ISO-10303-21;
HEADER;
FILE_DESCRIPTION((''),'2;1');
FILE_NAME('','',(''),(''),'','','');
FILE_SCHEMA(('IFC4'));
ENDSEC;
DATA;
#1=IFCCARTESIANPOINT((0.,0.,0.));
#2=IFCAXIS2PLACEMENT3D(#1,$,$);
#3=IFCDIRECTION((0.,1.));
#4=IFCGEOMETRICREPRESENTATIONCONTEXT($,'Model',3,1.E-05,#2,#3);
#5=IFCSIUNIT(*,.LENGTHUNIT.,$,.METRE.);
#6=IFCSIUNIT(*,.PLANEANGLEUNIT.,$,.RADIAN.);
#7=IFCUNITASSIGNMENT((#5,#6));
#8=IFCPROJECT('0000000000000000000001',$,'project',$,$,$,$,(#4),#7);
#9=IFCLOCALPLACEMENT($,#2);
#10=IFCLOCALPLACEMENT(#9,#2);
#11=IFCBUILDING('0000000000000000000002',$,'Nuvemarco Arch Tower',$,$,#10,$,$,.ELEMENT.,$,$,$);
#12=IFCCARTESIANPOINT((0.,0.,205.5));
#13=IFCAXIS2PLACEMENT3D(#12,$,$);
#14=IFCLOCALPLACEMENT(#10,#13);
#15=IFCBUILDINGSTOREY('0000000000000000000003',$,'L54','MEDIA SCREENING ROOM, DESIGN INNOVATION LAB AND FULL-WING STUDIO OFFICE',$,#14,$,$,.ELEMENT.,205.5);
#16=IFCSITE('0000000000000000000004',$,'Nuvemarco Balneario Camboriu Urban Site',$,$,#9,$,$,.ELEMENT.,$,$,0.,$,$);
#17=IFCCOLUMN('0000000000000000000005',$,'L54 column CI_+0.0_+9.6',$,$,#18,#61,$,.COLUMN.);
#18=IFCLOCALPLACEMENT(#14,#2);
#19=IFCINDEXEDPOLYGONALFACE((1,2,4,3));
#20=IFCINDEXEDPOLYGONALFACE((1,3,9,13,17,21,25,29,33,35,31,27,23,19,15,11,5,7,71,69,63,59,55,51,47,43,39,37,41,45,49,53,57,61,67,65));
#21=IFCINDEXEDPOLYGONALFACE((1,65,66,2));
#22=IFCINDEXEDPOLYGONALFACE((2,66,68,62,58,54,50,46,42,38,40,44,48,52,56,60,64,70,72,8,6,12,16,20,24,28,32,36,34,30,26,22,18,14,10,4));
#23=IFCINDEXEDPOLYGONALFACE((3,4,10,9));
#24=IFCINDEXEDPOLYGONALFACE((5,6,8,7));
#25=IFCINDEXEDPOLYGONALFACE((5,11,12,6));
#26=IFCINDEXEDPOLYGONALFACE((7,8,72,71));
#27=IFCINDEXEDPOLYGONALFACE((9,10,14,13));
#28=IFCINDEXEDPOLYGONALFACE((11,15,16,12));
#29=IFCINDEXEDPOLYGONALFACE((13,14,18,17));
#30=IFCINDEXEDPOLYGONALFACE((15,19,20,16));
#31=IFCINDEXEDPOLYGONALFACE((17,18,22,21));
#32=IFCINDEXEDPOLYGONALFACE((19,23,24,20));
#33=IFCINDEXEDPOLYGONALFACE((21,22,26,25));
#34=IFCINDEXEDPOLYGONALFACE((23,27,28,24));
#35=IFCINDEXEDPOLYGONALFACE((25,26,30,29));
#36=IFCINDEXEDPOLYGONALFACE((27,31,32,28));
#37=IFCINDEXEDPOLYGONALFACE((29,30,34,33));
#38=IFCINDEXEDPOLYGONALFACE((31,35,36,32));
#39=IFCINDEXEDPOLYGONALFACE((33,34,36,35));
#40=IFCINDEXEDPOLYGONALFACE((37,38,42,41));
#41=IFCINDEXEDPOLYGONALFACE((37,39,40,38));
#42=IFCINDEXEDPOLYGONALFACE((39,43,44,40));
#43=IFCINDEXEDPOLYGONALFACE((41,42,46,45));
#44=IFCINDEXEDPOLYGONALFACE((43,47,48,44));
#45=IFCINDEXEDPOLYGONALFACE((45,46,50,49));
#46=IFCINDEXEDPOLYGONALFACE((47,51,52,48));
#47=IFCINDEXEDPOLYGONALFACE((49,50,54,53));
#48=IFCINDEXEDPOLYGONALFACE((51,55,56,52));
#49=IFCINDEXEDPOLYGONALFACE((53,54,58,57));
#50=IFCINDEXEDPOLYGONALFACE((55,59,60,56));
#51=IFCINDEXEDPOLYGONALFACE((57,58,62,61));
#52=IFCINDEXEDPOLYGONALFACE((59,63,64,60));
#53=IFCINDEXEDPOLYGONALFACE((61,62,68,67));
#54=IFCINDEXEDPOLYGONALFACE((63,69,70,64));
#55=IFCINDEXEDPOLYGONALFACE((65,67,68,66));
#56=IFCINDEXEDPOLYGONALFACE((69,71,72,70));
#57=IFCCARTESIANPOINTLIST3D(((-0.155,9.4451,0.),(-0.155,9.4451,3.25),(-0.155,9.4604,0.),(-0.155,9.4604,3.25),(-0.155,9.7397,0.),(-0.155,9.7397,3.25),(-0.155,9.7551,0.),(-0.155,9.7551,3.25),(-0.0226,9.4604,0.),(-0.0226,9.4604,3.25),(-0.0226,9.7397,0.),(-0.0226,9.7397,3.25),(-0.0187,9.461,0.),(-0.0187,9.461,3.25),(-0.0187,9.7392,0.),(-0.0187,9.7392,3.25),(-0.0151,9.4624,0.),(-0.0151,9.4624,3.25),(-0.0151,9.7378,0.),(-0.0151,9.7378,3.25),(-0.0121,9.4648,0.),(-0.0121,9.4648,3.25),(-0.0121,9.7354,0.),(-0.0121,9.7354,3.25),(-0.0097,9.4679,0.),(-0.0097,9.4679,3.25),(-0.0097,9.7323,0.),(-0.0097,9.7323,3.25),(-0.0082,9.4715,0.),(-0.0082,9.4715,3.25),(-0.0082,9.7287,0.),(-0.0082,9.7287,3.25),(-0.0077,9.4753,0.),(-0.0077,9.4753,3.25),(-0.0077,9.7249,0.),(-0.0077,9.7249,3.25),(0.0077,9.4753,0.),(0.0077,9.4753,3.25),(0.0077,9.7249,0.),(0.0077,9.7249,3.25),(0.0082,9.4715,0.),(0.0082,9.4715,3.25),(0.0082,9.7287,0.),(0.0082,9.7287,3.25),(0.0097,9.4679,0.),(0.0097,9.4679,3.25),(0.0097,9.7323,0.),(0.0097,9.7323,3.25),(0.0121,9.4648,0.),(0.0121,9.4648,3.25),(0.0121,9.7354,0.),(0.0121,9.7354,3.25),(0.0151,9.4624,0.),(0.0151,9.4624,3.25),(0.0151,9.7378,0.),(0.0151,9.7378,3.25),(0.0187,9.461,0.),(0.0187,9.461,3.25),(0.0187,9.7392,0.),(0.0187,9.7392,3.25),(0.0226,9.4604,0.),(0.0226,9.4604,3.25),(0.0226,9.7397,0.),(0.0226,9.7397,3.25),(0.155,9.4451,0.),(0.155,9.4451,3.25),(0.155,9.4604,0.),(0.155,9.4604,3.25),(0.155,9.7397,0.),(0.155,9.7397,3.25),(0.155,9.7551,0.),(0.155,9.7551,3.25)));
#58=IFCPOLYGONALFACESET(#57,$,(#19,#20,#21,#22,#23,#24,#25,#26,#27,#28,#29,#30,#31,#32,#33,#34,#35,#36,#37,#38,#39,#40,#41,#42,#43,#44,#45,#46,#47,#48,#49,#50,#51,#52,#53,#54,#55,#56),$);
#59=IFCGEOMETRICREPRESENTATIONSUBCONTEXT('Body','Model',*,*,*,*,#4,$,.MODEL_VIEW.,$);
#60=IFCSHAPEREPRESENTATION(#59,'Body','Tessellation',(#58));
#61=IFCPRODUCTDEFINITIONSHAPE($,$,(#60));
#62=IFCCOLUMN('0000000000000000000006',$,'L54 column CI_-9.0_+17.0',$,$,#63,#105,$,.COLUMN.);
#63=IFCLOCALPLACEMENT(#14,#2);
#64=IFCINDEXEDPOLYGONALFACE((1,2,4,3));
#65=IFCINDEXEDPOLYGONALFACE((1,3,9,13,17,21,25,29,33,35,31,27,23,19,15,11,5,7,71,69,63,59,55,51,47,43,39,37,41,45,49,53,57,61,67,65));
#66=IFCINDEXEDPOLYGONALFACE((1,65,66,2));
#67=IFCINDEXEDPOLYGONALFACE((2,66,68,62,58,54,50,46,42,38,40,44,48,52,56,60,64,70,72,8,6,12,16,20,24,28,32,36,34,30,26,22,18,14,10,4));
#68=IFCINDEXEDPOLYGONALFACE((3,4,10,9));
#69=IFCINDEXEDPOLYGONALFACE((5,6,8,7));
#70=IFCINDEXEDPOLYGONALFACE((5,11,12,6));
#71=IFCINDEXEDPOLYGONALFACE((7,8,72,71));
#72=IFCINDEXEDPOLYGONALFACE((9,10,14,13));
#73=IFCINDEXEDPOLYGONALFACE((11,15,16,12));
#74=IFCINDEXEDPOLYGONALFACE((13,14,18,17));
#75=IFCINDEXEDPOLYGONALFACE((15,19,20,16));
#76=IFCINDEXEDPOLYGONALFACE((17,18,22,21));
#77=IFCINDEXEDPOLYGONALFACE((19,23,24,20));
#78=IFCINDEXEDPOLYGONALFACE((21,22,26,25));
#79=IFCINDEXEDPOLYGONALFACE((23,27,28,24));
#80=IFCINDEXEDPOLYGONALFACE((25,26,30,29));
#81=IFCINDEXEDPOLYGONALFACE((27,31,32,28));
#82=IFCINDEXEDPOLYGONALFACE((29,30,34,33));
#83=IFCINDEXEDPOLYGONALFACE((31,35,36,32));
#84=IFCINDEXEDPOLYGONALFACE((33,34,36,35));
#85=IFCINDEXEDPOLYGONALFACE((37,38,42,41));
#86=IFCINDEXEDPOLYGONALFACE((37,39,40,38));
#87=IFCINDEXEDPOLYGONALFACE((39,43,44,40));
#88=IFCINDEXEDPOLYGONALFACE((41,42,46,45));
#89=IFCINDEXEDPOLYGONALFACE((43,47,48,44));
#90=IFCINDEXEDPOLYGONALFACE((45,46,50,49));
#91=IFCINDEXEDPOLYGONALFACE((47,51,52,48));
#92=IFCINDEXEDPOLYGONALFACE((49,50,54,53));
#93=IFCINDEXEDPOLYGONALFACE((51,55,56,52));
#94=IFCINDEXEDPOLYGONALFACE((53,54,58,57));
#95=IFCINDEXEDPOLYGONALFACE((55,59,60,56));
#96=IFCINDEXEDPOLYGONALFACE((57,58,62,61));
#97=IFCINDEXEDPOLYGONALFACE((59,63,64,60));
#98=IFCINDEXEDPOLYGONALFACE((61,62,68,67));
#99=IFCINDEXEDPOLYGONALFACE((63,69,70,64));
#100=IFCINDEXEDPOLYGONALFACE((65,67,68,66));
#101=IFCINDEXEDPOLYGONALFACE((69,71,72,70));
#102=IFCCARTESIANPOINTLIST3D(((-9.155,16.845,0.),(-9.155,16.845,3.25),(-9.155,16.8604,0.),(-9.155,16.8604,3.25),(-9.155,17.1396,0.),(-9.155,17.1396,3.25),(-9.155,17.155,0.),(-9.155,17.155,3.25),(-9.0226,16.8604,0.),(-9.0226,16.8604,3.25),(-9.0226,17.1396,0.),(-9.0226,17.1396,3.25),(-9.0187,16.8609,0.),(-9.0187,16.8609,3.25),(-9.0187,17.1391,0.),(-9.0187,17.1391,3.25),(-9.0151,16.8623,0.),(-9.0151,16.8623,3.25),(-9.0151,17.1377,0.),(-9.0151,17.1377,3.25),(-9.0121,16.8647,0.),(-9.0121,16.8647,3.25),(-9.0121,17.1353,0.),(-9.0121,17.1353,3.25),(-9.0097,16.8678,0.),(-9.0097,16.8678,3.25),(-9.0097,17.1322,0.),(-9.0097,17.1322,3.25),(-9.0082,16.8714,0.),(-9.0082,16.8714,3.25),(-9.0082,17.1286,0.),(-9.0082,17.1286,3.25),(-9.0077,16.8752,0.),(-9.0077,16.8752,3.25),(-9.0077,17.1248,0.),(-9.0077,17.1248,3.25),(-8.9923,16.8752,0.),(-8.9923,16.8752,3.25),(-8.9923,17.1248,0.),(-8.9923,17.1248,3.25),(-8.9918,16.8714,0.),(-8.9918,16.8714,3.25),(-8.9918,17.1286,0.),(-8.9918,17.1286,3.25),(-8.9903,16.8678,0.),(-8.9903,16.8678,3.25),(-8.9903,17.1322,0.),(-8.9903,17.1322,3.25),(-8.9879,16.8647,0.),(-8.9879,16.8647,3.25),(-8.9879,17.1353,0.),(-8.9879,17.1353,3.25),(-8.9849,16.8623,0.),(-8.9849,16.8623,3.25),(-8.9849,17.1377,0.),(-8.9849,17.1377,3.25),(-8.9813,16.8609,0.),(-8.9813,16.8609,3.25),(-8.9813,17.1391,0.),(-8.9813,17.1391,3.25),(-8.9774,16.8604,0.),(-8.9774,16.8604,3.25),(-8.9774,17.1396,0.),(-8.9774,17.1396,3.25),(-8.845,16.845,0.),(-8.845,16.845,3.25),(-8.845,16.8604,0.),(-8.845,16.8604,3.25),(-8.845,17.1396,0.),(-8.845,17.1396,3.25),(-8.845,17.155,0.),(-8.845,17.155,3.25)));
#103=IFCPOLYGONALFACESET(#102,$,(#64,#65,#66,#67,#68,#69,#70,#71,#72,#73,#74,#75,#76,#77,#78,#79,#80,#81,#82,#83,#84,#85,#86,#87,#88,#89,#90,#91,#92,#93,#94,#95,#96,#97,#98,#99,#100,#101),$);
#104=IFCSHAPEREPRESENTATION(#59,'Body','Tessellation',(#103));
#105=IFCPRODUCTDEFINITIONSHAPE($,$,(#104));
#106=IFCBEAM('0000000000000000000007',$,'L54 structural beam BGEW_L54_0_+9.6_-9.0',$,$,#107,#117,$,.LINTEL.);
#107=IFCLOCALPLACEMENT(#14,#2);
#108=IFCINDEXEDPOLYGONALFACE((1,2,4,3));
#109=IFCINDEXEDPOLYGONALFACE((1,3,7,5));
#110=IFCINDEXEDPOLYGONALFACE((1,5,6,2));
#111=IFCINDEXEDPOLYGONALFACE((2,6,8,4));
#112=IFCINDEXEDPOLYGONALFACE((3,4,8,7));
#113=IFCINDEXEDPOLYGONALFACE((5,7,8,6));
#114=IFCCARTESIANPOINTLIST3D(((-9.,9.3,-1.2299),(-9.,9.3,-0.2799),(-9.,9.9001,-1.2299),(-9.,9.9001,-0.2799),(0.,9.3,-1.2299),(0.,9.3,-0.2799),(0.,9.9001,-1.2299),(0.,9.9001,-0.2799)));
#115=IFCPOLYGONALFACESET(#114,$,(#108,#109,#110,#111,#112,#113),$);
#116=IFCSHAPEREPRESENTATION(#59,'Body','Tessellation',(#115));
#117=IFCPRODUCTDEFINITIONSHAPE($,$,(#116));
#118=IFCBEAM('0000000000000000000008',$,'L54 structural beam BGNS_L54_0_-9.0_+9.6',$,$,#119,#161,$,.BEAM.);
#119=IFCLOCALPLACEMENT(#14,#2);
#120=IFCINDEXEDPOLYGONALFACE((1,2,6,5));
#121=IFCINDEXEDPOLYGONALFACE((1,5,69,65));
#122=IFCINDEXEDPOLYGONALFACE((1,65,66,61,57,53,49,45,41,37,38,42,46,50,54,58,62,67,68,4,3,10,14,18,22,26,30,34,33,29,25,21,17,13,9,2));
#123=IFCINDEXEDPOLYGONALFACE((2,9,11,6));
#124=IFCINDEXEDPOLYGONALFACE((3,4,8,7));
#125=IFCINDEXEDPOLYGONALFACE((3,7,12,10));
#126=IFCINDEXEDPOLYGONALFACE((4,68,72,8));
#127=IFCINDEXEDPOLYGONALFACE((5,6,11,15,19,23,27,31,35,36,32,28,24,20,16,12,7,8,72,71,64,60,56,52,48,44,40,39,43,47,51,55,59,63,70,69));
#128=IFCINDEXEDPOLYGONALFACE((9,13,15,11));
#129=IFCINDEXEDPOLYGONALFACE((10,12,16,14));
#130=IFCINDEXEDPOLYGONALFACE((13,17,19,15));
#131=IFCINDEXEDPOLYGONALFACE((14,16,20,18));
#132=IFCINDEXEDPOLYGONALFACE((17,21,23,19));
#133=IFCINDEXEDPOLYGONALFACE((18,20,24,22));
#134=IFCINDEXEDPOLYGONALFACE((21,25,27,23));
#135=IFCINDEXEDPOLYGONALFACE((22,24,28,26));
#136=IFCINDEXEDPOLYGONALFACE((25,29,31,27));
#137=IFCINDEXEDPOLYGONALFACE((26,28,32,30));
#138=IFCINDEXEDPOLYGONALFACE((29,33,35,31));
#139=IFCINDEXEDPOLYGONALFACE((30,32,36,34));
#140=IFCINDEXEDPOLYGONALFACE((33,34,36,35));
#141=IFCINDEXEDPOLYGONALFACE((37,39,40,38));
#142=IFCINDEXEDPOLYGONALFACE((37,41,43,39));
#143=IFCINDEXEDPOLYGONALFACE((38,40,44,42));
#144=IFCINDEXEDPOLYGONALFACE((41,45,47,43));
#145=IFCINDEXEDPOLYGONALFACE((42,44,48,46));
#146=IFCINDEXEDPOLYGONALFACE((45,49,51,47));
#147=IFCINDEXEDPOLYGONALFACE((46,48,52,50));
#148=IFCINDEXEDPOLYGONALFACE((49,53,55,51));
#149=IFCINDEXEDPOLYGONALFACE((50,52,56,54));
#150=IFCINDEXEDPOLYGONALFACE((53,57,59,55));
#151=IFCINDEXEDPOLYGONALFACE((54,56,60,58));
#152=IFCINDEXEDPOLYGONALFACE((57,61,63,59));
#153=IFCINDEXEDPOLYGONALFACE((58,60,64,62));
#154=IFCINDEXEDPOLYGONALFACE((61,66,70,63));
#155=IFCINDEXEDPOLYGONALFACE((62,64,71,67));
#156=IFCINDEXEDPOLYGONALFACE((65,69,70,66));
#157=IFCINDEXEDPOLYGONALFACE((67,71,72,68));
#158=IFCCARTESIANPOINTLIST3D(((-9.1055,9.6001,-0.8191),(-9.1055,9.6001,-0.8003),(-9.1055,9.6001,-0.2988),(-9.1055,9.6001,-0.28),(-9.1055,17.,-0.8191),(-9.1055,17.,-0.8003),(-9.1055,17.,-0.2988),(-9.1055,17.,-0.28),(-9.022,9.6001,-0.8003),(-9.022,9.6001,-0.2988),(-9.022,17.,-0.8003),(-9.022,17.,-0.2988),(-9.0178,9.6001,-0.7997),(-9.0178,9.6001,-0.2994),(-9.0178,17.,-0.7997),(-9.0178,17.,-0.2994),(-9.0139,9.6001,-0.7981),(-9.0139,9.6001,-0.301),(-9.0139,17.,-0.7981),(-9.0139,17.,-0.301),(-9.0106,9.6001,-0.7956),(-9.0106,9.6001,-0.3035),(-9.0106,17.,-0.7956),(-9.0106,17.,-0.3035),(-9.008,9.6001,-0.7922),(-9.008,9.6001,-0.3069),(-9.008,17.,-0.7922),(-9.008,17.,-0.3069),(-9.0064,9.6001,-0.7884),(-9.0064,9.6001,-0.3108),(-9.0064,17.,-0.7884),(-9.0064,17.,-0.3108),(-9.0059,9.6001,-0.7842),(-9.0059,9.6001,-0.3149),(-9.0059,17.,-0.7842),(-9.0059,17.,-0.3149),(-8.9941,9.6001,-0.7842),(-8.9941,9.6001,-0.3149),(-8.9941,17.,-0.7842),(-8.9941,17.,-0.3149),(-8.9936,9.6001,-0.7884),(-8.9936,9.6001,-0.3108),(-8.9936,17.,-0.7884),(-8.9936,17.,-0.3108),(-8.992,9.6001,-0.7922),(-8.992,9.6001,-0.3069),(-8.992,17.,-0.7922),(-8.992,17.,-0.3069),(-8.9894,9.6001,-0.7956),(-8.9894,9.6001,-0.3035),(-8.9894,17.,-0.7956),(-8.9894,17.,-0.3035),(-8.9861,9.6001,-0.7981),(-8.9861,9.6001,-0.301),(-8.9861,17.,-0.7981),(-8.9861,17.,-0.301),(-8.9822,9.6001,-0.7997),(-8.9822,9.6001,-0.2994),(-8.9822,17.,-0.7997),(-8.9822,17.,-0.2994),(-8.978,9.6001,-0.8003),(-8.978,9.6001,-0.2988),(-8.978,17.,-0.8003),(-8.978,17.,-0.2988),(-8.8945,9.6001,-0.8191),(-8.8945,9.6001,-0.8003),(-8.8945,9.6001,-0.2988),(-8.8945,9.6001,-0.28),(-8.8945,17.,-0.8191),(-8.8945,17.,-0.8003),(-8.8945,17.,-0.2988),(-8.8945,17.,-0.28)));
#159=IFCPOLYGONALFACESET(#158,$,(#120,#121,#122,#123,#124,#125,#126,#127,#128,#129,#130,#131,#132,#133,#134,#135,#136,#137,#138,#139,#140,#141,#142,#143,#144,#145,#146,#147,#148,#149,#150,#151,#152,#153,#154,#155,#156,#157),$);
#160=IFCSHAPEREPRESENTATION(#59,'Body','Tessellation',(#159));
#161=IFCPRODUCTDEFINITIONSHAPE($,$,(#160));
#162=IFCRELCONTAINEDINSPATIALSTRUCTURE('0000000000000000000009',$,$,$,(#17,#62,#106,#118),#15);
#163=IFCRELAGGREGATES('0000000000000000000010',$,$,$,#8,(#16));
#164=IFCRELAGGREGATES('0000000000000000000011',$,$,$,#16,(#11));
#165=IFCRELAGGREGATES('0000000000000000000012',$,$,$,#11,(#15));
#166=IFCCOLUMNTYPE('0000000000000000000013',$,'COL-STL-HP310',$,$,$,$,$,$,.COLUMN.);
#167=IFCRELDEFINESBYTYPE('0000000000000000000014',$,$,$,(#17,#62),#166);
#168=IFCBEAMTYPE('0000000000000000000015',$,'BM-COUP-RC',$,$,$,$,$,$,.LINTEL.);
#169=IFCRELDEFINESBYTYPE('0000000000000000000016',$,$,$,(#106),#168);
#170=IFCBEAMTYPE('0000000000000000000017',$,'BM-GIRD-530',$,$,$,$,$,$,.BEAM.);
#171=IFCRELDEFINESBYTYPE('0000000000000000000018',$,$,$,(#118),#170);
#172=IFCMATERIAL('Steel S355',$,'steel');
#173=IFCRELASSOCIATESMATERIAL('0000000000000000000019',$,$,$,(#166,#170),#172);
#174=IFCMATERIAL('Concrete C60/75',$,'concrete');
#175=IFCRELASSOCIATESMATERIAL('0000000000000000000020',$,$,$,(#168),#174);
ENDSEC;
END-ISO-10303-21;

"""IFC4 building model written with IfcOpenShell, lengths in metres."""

from ifc_helpers import new_model, si_unit, direction, frame, origin, origin_2d, place, context, subcontext, project, spatial, rectangle, i_section, extrude, material, material_profile, profile_set, type_object, element, save


model = new_model("IFC4")

# Units and contexts
model_context = context("Model", 3, precision=1e-05, world=origin(), true_north=direction((0.0, 1.0)))
body_context = subcontext(model_context, "Body", "Model", "MODEL_VIEW")
ifc_project = project(units=[si_unit("LENGTHUNIT", "METRE"), si_unit("PLANEANGLEUNIT", "RADIAN")], contexts=[model_context])

# Site, building, storey
site_placement = place(None, origin())
site = spatial("IfcSite", under=ifc_project, at=site_placement, Name="Nuvemarco Balneario Camboriu Urban Site", CompositionType="ELEMENT", RefElevation=0.0)
building_placement = place(site_placement, origin())
building = spatial("IfcBuilding", under=site, at=building_placement, Name="Nuvemarco Arch Tower", CompositionType="ELEMENT")
storey_placement = place(building_placement, frame((0.0, 0.0, 205.5)))
storey = spatial("IfcBuildingStorey", under=building, at=storey_placement, Name="L54", Description="MEDIA SCREENING ROOM, DESIGN INNOVATION LAB AND FULL-WING STUDIO OFFICE", CompositionType="ELEMENT", Elevation=205.5)

# Columns
ifc_material_1 = material(Name="Steel S355", Category="steel")
ifc_material_profile_1 = material_profile(ifc_material_1, i_section(OverallWidth=0.3101, OverallDepth=0.3101, WebThickness=0.0154, FlangeThickness=0.0154, FilletRadius=0.0149, at=origin_2d()), Name="HP310x110")
ifc_profile_set_1 = profile_set([ifc_material_profile_1], Name="Steel S355")
column_type_1 = type_object("IfcColumnType", Name="COL-STL-HP310", PredefinedType="COLUMN", material=ifc_profile_set_1)
for number, where, z_axis, x_axis, name in (
    (1, (0.0, 9.6001, 0.0), (0.0, 0.0, 1.0), (1.0, 0.0, 0.0), "L54 column CI_+0.0_+9.6"),
    (2, (-9.0, 17.0, 0.0), (0.0, 0.0, 1.0), (1.0, 0.0, 0.0), "L54 column CI_-9.0_+17.0"),
):
    element("IfcColumn", number, at=place(storey_placement, frame(where, z_axis=z_axis, x_axis=x_axis)), inside=storey, type_object=column_type_1, Name=name, PredefinedType="COLUMN", context=body_context, shape_type="SweptSolid", body=[
        extrude(i_section(OverallWidth=0.3101, OverallDepth=0.3101, WebThickness=0.0154, FlangeThickness=0.0154, FilletRadius=0.0149, at=origin_2d()), origin(), (0.0, 0.0, 1.0), 3.25),
    ])

# Beams
ifc_material_2 = material(Name="Concrete C60/75", Category="concrete")
ifc_material_profile_2 = material_profile(ifc_material_2, rectangle(XDim=0.6001, YDim=0.95, at=origin_2d()), Name="RC-BM-600x950")
ifc_profile_set_2 = profile_set([ifc_material_profile_2], Name="Concrete C60/75")
beam_type_1 = type_object("IfcBeamType", Name="BM-COUP-RC", PredefinedType="LINTEL", material=ifc_profile_set_2)
beam_1_placement = place(storey_placement, frame((-9.0, 9.6001, -0.7549), z_axis=(1.0, 0.0, 0.0), x_axis=(0.0, 1.0, 0.0)))
element("IfcBeam", 3, at=beam_1_placement, inside=storey, type_object=beam_type_1, Name="L54 structural beam BGEW_L54_0_+9.6_-9.0", PredefinedType="LINTEL", context=body_context, shape_type="SweptSolid", body=[
    extrude(rectangle(XDim=0.6001, YDim=0.95, at=origin_2d()), origin(), (0.0, 0.0, 1.0), 9.0),
])
ifc_material_profile_3 = material_profile(ifc_material_1, i_section(OverallWidth=0.2109, OverallDepth=0.5391, WebThickness=0.0117, FlangeThickness=0.0188, FilletRadius=0.0161, at=origin_2d()), Name="W530x109")
ifc_profile_set_3 = profile_set([ifc_material_profile_3], Name="Steel S355")
beam_type_2 = type_object("IfcBeamType", Name="BM-GIRD-530", PredefinedType="BEAM", material=ifc_profile_set_3)
beam_2_placement = place(storey_placement, frame((-9.0, 9.6001, -0.5496), z_axis=(0.0, 1.0, 0.0), x_axis=(-1.0, 0.0, 0.0)))
element("IfcBeam", 4, at=beam_2_placement, inside=storey, type_object=beam_type_2, Name="L54 structural beam BGNS_L54_0_-9.0_+9.6", PredefinedType="BEAM", context=body_context, shape_type="SweptSolid", body=[
    extrude(i_section(OverallWidth=0.2109, OverallDepth=0.5391, WebThickness=0.0117, FlangeThickness=0.0188, FilletRadius=0.0161, at=origin_2d()), origin(), (0.0, 0.0, 1.0), 7.3999),
])

save(model, "model.ifc")
